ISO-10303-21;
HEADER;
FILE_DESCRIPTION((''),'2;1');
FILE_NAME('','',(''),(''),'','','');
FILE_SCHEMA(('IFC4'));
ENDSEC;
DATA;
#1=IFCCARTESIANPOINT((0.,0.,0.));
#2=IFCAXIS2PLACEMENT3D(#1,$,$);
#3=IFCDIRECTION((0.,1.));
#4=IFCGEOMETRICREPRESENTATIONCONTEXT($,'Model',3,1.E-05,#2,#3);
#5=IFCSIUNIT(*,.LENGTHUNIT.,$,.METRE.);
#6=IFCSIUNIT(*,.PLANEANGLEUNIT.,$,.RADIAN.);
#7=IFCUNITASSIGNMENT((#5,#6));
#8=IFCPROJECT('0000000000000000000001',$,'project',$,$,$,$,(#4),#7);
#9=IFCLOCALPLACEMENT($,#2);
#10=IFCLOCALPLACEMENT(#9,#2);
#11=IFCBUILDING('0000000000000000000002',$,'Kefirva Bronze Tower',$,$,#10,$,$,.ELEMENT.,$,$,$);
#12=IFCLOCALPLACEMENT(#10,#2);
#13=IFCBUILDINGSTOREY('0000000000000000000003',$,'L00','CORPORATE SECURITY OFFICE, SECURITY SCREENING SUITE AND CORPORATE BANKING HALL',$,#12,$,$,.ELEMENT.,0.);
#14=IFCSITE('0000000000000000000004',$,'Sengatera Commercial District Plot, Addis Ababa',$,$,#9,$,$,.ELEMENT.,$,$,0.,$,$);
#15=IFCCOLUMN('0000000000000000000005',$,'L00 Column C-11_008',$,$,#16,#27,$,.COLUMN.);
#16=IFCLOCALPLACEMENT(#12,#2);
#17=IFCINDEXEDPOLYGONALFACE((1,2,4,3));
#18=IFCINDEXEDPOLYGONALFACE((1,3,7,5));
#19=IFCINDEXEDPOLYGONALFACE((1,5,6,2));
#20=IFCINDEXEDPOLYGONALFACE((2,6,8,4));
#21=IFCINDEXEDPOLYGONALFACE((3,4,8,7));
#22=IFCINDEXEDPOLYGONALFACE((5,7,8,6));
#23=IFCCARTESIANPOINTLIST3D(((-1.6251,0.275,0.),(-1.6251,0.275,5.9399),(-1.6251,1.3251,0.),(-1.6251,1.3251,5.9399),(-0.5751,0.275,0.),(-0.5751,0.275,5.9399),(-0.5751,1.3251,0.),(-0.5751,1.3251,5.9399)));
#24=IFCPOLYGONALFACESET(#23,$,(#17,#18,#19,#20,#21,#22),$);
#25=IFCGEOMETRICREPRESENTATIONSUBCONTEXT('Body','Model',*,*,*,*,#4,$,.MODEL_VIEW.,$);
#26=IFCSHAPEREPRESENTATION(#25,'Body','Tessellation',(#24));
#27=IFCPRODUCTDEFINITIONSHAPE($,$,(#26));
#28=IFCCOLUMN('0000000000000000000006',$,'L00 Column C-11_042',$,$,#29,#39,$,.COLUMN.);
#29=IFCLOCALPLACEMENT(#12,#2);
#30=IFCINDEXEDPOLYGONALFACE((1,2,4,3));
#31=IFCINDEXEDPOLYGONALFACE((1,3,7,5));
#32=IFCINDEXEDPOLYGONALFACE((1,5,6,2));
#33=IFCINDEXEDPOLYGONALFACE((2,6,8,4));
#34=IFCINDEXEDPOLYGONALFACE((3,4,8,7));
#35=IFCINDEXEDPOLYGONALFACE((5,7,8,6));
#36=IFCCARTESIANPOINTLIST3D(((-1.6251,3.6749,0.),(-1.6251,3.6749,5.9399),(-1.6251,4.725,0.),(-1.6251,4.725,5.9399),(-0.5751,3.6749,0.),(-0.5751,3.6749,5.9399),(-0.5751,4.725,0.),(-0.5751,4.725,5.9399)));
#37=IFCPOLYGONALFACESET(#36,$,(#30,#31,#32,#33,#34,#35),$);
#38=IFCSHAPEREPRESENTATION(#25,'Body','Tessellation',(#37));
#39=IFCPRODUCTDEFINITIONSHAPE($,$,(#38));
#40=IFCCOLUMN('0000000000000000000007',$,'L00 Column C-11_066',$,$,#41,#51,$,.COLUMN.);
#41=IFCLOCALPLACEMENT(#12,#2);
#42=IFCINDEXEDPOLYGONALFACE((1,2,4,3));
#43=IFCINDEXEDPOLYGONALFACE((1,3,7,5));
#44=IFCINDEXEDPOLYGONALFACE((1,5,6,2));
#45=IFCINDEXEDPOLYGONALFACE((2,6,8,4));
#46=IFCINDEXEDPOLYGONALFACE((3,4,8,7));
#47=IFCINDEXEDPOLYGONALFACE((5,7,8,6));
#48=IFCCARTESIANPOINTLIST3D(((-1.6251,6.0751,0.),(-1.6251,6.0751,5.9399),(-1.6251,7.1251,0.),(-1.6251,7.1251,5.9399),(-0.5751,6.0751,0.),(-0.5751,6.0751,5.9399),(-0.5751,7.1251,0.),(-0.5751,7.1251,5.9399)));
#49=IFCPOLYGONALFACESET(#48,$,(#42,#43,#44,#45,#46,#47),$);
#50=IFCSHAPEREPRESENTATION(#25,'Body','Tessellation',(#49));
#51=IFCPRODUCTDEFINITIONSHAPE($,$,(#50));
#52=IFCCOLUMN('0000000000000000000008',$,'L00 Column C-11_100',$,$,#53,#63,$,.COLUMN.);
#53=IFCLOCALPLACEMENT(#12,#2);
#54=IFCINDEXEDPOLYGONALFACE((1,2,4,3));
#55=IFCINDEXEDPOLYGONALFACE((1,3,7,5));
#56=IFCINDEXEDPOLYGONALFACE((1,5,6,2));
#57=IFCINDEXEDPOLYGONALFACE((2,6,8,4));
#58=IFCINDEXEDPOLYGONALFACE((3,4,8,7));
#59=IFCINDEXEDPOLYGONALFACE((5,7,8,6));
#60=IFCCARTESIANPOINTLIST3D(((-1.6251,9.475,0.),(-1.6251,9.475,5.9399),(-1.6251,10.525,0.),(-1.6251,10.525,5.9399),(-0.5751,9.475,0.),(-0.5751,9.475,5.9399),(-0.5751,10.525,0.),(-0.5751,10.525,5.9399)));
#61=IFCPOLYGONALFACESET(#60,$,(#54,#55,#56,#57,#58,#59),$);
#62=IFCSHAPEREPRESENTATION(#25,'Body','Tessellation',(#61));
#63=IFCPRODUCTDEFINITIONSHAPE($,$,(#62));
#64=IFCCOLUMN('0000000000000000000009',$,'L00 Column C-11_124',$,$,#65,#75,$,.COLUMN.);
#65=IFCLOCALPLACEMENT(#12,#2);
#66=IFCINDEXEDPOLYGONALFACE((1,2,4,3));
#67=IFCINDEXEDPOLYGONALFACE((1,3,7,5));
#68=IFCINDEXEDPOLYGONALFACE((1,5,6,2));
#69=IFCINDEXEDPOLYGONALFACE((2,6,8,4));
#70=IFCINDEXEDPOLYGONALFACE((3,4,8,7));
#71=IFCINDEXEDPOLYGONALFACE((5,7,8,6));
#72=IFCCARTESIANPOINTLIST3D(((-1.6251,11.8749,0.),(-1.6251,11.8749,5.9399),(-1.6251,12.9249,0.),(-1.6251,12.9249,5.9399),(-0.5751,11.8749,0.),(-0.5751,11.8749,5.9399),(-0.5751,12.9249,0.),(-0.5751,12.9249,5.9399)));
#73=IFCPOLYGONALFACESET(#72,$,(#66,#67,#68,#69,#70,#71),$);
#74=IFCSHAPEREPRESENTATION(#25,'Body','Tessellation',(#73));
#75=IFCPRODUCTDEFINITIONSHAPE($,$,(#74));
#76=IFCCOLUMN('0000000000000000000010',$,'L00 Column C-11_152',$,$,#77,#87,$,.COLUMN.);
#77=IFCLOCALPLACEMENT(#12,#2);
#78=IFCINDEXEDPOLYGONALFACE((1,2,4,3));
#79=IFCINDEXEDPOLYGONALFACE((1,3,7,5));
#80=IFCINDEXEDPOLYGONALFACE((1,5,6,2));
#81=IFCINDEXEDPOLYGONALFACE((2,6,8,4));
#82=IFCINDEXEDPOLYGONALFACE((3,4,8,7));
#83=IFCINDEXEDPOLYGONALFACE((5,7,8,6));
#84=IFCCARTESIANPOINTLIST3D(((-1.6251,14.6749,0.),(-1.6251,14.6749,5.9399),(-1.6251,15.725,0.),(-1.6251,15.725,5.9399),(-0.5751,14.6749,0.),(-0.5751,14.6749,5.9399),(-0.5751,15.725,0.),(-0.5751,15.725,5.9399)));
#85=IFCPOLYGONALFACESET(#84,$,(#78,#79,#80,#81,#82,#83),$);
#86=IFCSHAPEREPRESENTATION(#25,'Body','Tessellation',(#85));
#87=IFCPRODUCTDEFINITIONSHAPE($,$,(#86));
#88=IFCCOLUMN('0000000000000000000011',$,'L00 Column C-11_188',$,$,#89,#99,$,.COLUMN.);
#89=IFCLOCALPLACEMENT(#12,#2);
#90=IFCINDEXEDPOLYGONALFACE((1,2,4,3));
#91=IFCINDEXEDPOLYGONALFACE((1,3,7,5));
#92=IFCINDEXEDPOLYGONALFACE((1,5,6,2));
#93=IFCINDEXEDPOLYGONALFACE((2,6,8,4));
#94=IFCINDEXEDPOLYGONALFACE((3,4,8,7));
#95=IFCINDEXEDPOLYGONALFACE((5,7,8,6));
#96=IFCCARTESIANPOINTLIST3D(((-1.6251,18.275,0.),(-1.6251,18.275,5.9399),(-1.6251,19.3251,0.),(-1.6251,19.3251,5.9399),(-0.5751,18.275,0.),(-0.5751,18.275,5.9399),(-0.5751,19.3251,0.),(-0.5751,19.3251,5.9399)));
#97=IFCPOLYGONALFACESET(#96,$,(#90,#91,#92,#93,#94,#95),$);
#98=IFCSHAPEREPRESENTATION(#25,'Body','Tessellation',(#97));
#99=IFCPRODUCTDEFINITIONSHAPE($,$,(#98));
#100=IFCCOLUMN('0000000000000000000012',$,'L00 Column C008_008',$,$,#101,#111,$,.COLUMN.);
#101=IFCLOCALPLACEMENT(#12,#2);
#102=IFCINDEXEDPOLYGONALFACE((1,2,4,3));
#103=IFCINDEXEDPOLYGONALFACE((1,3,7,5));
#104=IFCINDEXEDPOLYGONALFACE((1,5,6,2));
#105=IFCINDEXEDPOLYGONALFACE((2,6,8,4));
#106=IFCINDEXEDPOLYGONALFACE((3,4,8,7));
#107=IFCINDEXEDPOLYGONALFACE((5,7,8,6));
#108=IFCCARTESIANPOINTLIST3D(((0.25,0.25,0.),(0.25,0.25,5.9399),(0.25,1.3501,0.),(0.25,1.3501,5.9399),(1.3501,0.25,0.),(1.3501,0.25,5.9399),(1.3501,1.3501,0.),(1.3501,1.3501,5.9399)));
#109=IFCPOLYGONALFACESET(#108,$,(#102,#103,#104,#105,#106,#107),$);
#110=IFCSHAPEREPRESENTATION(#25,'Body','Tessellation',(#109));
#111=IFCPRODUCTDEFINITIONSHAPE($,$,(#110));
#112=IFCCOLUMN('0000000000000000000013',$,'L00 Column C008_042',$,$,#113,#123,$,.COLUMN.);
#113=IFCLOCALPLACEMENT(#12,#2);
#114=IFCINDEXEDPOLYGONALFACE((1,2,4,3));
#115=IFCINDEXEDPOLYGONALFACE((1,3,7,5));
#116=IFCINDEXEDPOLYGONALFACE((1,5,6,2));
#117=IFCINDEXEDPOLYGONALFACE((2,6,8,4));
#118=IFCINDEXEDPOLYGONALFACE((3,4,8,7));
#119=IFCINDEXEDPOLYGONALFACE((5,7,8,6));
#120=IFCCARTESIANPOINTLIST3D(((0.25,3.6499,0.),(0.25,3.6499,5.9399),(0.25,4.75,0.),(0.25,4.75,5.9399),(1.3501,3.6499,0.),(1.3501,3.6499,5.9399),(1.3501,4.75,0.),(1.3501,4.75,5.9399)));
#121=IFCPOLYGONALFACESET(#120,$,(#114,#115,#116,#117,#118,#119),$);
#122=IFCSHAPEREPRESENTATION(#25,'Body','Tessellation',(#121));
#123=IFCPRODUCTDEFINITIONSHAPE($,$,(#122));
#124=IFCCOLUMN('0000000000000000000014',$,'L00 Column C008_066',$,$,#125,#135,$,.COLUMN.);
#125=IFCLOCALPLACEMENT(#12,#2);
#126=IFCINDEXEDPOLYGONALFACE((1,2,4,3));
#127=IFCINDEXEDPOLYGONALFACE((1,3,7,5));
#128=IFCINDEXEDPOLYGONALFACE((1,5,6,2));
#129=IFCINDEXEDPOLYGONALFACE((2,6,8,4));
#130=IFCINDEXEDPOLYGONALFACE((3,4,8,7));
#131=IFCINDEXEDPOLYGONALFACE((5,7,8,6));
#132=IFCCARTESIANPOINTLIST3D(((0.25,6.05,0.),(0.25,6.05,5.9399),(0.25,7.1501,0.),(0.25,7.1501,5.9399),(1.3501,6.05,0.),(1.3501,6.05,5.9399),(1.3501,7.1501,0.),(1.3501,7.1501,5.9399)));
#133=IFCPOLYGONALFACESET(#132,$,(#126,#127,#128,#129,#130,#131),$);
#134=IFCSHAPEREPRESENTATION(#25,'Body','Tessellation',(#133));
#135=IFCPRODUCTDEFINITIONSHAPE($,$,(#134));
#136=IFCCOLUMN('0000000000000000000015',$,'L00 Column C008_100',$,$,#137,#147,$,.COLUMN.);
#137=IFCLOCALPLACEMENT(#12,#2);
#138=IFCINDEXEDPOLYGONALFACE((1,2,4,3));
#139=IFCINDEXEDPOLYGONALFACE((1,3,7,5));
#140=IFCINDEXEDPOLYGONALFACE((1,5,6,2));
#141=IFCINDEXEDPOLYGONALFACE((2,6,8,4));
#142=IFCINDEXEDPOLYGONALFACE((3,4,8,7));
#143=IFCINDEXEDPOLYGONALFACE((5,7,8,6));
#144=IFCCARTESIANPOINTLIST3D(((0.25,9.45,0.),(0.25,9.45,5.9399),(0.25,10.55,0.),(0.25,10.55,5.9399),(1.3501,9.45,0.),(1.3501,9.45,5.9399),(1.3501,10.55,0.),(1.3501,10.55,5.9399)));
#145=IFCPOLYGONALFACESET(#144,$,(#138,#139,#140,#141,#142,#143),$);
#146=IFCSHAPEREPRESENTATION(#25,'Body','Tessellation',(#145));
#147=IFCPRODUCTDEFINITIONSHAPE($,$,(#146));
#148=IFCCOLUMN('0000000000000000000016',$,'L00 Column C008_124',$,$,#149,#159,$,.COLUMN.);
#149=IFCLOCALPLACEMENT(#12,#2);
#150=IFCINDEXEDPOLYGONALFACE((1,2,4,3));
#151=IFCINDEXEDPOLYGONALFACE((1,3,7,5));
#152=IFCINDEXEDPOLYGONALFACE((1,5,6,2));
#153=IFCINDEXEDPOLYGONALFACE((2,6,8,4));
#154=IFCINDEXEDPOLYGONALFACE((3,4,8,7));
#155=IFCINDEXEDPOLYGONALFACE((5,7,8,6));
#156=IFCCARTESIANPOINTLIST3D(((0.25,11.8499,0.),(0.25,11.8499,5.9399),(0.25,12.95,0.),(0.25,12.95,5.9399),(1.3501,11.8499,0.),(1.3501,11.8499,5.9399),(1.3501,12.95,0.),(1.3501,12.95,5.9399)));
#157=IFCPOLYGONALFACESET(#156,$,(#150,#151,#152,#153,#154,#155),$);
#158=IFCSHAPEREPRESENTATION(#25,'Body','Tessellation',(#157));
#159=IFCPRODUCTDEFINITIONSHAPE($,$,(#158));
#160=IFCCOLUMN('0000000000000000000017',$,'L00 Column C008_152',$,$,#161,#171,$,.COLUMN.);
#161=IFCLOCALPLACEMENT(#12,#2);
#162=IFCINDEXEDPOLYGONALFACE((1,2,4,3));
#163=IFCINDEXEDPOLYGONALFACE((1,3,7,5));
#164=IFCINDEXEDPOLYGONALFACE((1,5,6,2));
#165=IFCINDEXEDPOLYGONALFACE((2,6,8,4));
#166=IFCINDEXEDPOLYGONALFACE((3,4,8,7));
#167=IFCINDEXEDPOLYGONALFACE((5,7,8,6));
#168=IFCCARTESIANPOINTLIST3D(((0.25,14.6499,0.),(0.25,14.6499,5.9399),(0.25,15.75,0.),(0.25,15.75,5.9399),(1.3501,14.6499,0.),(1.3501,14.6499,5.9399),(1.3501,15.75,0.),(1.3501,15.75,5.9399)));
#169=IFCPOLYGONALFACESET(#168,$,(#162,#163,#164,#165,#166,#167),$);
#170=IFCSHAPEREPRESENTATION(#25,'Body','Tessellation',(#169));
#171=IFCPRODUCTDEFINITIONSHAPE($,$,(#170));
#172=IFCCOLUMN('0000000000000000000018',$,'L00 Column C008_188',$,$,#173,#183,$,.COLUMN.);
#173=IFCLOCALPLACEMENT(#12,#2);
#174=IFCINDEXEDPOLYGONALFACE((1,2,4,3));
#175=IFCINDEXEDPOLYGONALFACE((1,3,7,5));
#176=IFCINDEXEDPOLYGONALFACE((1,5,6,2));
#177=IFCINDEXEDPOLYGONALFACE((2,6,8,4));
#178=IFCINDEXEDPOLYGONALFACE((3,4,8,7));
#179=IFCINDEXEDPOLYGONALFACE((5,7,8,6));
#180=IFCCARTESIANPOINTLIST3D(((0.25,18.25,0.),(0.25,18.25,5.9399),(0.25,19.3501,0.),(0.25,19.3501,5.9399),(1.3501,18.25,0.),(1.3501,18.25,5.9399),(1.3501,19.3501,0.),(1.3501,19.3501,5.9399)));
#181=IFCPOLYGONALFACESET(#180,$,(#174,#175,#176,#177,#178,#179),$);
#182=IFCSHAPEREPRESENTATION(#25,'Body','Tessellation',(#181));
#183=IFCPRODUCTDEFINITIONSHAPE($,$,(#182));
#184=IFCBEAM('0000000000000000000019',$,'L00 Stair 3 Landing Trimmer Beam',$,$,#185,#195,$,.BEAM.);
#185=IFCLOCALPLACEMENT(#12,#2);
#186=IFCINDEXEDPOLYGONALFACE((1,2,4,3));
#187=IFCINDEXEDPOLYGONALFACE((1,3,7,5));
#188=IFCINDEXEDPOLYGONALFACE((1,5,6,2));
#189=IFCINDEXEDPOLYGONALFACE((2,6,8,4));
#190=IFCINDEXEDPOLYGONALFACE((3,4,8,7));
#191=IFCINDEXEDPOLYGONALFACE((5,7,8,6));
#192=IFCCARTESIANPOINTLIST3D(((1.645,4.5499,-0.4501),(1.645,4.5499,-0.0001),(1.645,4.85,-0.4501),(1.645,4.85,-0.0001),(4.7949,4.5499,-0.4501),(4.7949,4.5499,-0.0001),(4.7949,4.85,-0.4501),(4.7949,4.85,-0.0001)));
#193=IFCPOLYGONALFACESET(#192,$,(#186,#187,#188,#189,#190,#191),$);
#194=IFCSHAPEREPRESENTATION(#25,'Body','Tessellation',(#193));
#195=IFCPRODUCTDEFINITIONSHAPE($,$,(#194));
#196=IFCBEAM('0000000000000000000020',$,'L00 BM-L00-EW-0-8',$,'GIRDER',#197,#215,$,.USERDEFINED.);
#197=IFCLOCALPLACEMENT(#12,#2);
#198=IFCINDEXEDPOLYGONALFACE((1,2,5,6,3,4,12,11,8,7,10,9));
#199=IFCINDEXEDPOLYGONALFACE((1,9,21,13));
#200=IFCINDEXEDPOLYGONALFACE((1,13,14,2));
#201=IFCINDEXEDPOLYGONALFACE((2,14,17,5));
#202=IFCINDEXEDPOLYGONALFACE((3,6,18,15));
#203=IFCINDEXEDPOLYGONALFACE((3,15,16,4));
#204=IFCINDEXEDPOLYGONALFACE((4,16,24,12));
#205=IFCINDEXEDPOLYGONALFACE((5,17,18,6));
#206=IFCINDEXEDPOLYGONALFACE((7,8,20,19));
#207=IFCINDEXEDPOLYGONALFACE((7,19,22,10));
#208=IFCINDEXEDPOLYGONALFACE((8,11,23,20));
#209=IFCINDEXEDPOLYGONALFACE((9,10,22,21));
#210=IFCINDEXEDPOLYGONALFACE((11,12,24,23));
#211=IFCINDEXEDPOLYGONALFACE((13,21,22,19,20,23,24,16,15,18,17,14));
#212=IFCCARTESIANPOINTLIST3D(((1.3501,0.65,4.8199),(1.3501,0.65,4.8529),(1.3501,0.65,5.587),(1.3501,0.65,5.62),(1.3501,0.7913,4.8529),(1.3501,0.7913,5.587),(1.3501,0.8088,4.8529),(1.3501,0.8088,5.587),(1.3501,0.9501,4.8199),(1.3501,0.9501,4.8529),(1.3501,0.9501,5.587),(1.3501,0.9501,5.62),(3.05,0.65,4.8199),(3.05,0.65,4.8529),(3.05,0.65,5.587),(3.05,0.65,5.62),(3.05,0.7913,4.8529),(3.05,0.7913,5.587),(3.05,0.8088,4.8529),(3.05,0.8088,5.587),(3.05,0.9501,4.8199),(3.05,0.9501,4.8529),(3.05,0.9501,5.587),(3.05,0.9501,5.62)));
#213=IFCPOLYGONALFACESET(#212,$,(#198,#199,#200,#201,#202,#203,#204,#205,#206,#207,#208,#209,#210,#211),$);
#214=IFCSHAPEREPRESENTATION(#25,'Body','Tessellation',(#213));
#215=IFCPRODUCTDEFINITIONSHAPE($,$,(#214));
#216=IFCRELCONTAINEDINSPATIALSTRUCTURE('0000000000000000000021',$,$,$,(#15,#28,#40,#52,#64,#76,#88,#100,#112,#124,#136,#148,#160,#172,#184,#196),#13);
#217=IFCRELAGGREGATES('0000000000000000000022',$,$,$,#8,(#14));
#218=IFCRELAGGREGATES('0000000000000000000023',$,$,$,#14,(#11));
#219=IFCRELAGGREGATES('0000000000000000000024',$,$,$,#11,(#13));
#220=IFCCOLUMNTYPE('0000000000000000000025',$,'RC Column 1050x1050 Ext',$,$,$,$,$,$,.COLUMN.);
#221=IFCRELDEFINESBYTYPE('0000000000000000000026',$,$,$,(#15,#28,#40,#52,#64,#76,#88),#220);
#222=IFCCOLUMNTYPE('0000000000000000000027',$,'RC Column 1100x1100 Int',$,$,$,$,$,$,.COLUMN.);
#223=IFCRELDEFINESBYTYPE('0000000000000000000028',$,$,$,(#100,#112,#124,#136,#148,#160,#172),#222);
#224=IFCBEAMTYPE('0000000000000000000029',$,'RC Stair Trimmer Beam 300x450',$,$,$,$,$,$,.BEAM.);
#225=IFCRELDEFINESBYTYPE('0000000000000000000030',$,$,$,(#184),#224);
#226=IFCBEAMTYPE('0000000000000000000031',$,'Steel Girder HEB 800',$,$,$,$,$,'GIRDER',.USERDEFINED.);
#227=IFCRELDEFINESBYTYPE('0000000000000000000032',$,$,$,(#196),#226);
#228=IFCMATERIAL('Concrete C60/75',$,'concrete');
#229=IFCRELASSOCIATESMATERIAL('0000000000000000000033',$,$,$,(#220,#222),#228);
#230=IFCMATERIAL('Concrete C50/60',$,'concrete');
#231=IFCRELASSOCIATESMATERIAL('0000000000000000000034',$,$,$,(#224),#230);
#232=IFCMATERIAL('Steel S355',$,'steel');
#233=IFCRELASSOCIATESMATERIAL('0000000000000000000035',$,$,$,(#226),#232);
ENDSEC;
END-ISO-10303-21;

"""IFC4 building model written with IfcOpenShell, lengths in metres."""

from ifc_helpers import new_model, si_unit, direction, frame, origin, origin_2d, place, context, subcontext, project, spatial, rectangle, i_section, extrude, material, material_profile, profile_set, type_object, element, save


model = new_model("IFC4")

# Units and contexts
model_context = context("Model", 3, precision=1e-05, world=origin(), true_north=direction((0.0, 1.0)))
body_context = subcontext(model_context, "Body", "Model", "MODEL_VIEW")
ifc_project = project(units=[si_unit("LENGTHUNIT", "METRE"), si_unit("PLANEANGLEUNIT", "RADIAN")], contexts=[model_context])

# Site, building, storey
site_placement = place(None, origin())
site = spatial("IfcSite", under=ifc_project, at=site_placement, Name="Sengatera Commercial District Plot, Addis Ababa", CompositionType="ELEMENT", RefElevation=0.0)
building_placement = place(site_placement, origin())
building = spatial("IfcBuilding", under=site, at=building_placement, Name="Kefirva Bronze Tower", CompositionType="ELEMENT")
storey_placement = place(building_placement, origin())
storey = spatial("IfcBuildingStorey", under=building, at=storey_placement, Name="L00", Description="CORPORATE SECURITY OFFICE, SECURITY SCREENING SUITE AND CORPORATE BANKING HALL", CompositionType="ELEMENT", Elevation=0.0)

# Columns
ifc_material_1 = material(Name="Concrete C60/75", Category="concrete")
ifc_material_profile_1 = material_profile(ifc_material_1, rectangle(XDim=1.05, YDim=1.05, at=origin_2d()), Name="RC 1050x1050")
ifc_profile_set_1 = profile_set([ifc_material_profile_1], Name="Concrete C60/75")
column_type_1 = type_object("IfcColumnType", Name="RC Column 1050x1050 Ext", PredefinedType="COLUMN", material=ifc_profile_set_1)
for number, where, z_axis, x_axis, name in (
    (1, (-1.1001, 0.8, 0.0), (0.0, 0.0, 1.0), (1.0, 0.0, 0.0), "L00 Column C-11_008"),
    (2, (-1.1001, 4.2, 0.0), (0.0, 0.0, 1.0), (1.0, 0.0, 0.0), "L00 Column C-11_042"),
    (3, (-1.1001, 6.6001, 0.0), (0.0, 0.0, 1.0), (1.0, 0.0, 0.0), "L00 Column C-11_066"),
    (4, (-1.1001, 10.0, 0.0), (0.0, 0.0, 1.0), (1.0, 0.0, 0.0), "L00 Column C-11_100"),
    (5, (-1.1001, 12.3999, 0.0), (0.0, 0.0, 1.0), (1.0, 0.0, 0.0), "L00 Column C-11_124"),
    (6, (-1.1001, 15.2, 0.0), (0.0, 0.0, 1.0), (1.0, 0.0, 0.0), "L00 Column C-11_152"),
    (7, (-1.1001, 18.8, 0.0), (0.0, 0.0, 1.0), (1.0, 0.0, 0.0), "L00 Column C-11_188"),
):
    element("IfcColumn", number, at=place(storey_placement, frame(where, z_axis=z_axis, x_axis=x_axis)), inside=storey, type_object=column_type_1, Name=name, PredefinedType="COLUMN", context=body_context, shape_type="SweptSolid", body=[
        extrude(rectangle(XDim=1.05, YDim=1.05, at=origin_2d()), origin(), (0.0, 0.0, 1.0), 5.9399),
    ])
ifc_material_profile_2 = material_profile(ifc_material_1, rectangle(XDim=1.1001, YDim=1.1001, at=origin_2d()), Name="RC 1100x1100")
ifc_profile_set_2 = profile_set([ifc_material_profile_2], Name="Concrete C60/75")
column_type_2 = type_object("IfcColumnType", Name="RC Column 1100x1100 Int", PredefinedType="COLUMN", material=ifc_profile_set_2)
for number, where, z_axis, x_axis, name in (
    (8, (0.8, 0.8, 0.0), (0.0, 0.0, 1.0), (1.0, 0.0, 0.0), "L00 Column C008_008"),
    (9, (0.8, 4.2, 0.0), (0.0, 0.0, 1.0), (1.0, 0.0, 0.0), "L00 Column C008_042"),
    (10, (0.8, 6.6001, 0.0), (0.0, 0.0, 1.0), (1.0, 0.0, 0.0), "L00 Column C008_066"),
    (11, (0.8, 10.0, 0.0), (0.0, 0.0, 1.0), (1.0, 0.0, 0.0), "L00 Column C008_100"),
    (12, (0.8, 12.3999, 0.0), (0.0, 0.0, 1.0), (1.0, 0.0, 0.0), "L00 Column C008_124"),
    (13, (0.8, 15.2, 0.0), (0.0, 0.0, 1.0), (1.0, 0.0, 0.0), "L00 Column C008_152"),
    (14, (0.8, 18.8, 0.0), (0.0, 0.0, 1.0), (1.0, 0.0, 0.0), "L00 Column C008_188"),
):
    element("IfcColumn", number, at=place(storey_placement, frame(where, z_axis=z_axis, x_axis=x_axis)), inside=storey, type_object=column_type_2, Name=name, PredefinedType="COLUMN", context=body_context, shape_type="SweptSolid", body=[
        extrude(rectangle(XDim=1.1001, YDim=1.1001, at=origin_2d()), origin(), (0.0, 0.0, 1.0), 5.9399),
    ])

# Beams
ifc_material_2 = material(Name="Concrete C50/60", Category="concrete")
ifc_material_profile_3 = material_profile(ifc_material_2, rectangle(XDim=0.3, YDim=0.45, at=origin_2d()), Name="RC 300x450")
ifc_profile_set_3 = profile_set([ifc_material_profile_3], Name="Concrete C50/60")
beam_type_1 = type_object("IfcBeamType", Name="RC Stair Trimmer Beam 300x450", PredefinedType="BEAM", material=ifc_profile_set_3)
beam_1_placement = place(storey_placement, frame((1.645, 4.7, -0.2251), z_axis=(1.0, 0.0, 0.0), x_axis=(0.0, 1.0, 0.0)))
element("IfcBeam", 15, at=beam_1_placement, inside=storey, type_object=beam_type_1, Name="L00 Stair 3 Landing Trimmer Beam", PredefinedType="BEAM", context=body_context, shape_type="SweptSolid", body=[
    extrude(rectangle(XDim=0.3, YDim=0.45, at=origin_2d()), origin(), (0.0, 0.0, 1.0), 3.1499),
])
ifc_material_3 = material(Name="Steel S355", Category="steel")
ifc_material_profile_4 = material_profile(ifc_material_3, i_section(OverallWidth=0.3, OverallDepth=0.8, WebThickness=0.0176, FlangeThickness=0.033, at=origin_2d()), Name="HEB 800")
ifc_profile_set_4 = profile_set([ifc_material_profile_4], Name="Steel S355")
beam_type_2 = type_object("IfcBeamType", Name="Steel Girder HEB 800", ElementType="GIRDER", PredefinedType="USERDEFINED", material=ifc_profile_set_4)
beam_2_placement = place(storey_placement, frame((1.3501, 0.8, 5.22), z_axis=(1.0, 0.0, 0.0), x_axis=(0.0, 1.0, 0.0)))
element("IfcBeam", 16, at=beam_2_placement, inside=storey, type_object=beam_type_2, Name="L00 BM-L00-EW-0-8", ObjectType="GIRDER", PredefinedType="USERDEFINED", context=body_context, shape_type="SweptSolid", body=[
    extrude(i_section(OverallWidth=0.3, OverallDepth=0.8, WebThickness=0.0176, FlangeThickness=0.033, at=origin_2d()), origin(), (0.0, 0.0, 1.0), 1.7),
])

save(model, "model.ifc")
